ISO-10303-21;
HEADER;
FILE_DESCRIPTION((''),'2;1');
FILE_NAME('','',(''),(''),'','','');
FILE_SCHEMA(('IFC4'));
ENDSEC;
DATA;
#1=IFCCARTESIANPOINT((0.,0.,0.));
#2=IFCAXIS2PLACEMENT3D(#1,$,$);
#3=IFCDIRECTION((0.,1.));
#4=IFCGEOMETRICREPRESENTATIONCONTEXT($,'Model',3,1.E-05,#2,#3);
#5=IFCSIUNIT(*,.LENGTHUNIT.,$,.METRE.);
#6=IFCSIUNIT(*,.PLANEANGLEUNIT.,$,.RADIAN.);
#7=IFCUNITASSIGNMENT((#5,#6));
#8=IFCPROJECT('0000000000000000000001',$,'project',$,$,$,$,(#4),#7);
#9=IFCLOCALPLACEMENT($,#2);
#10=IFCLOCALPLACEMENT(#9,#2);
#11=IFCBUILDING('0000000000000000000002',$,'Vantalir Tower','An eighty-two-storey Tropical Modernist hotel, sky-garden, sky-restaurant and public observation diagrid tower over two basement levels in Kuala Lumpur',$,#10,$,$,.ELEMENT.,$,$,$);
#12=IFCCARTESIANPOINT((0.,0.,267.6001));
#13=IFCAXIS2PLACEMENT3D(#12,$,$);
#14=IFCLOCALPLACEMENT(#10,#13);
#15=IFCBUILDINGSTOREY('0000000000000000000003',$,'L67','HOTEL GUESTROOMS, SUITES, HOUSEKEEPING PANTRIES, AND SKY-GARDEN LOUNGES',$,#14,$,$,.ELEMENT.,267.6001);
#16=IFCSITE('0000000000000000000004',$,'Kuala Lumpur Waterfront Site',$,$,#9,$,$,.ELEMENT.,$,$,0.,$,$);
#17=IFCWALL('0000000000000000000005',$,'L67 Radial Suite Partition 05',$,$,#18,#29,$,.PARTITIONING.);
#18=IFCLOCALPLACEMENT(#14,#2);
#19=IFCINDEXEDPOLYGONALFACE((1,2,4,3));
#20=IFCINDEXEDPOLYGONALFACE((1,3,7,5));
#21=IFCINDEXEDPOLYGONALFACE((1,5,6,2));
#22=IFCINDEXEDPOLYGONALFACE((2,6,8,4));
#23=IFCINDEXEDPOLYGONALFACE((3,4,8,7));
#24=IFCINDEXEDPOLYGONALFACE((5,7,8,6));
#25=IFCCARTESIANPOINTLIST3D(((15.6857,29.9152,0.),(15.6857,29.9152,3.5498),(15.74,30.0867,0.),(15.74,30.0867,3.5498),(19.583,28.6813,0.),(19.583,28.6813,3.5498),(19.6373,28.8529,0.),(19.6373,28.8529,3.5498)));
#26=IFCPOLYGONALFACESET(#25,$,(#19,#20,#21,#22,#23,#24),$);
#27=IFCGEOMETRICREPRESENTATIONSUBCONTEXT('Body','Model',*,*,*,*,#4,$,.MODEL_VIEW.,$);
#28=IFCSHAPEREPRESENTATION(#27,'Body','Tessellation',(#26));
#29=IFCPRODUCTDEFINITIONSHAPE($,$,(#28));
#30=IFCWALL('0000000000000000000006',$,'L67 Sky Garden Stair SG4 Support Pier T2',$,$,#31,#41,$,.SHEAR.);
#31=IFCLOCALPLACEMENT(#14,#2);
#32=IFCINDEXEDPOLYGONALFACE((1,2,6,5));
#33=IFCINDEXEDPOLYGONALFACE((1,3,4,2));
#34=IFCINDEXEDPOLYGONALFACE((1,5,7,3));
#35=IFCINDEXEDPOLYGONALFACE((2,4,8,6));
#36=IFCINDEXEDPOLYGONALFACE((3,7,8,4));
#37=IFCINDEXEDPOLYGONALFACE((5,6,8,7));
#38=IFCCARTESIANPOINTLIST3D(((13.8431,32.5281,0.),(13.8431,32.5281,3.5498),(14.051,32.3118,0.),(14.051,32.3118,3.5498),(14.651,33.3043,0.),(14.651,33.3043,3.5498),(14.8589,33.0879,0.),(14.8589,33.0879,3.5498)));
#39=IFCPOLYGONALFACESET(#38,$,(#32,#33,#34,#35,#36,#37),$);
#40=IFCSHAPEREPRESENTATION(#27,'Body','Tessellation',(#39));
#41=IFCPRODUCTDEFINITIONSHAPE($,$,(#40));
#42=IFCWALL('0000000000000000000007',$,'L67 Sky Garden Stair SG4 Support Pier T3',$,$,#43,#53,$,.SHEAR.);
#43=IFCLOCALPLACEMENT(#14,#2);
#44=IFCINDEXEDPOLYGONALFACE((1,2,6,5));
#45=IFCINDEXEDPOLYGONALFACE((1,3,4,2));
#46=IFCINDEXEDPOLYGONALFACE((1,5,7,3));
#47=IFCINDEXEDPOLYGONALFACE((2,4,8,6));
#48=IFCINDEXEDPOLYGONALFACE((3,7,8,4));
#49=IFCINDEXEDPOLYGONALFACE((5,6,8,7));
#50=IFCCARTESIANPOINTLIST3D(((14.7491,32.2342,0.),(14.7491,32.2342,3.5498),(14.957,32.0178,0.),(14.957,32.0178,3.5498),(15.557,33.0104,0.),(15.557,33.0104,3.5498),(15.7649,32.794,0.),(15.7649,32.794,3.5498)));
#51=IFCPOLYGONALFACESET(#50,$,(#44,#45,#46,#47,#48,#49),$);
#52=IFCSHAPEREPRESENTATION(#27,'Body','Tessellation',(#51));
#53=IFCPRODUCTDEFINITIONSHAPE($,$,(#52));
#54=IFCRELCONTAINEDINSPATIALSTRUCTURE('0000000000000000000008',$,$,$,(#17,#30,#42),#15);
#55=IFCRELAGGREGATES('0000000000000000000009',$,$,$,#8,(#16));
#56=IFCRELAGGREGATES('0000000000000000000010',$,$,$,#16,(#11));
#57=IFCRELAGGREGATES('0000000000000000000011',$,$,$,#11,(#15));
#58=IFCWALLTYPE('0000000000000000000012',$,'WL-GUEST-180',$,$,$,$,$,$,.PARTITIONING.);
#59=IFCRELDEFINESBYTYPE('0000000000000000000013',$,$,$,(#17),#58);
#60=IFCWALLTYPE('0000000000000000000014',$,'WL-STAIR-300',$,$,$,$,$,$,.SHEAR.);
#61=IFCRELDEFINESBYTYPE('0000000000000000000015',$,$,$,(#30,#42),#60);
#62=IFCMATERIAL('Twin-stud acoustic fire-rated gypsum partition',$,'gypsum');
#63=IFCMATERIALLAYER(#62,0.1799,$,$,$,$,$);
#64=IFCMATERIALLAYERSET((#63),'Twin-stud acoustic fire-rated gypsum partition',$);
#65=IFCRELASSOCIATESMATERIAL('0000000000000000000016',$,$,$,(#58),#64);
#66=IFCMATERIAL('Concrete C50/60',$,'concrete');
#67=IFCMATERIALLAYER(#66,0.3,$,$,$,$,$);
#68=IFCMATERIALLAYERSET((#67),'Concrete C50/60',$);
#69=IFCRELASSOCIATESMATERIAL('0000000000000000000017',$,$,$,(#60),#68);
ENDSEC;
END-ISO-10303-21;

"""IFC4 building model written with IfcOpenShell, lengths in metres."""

from ifc_helpers import new_model, si_unit, direction, frame, frame_2d, origin, place, context, subcontext, project, spatial, rectangle, extrude, material, layer, layer_set, type_object, element, save


model = new_model("IFC4")

# Units and contexts
model_context = context("Model", 3, precision=1e-05, world=origin(), true_north=direction((0.0, 1.0)))
body_context = subcontext(model_context, "Body", "Model", "MODEL_VIEW")
ifc_project = project(units=[si_unit("LENGTHUNIT", "METRE"), si_unit("PLANEANGLEUNIT", "RADIAN")], contexts=[model_context])

# Site, building, storey
site_placement = place(None, origin())
site = spatial("IfcSite", under=ifc_project, at=site_placement, Name="Kuala Lumpur Waterfront Site", CompositionType="ELEMENT", RefElevation=0.0)
building_placement = place(site_placement, origin())
building = spatial("IfcBuilding", under=site, at=building_placement, Name="Vantalir Tower", Description="An eighty-two-storey Tropical Modernist hotel, sky-garden, sky-restaurant and public observation diagrid tower over two basement levels in Kuala Lumpur", CompositionType="ELEMENT")
storey_placement = place(building_placement, frame((0.0, 0.0, 267.6001)))
storey = spatial("IfcBuildingStorey", under=building, at=storey_placement, Name="L67", Description="HOTEL GUESTROOMS, SUITES, HOUSEKEEPING PANTRIES, AND SKY-GARDEN LOUNGES", CompositionType="ELEMENT", Elevation=267.6001)

# Walls
ifc_material_1 = material(Name="Twin-stud acoustic fire-rated gypsum partition", Category="gypsum")
ifc_layer_1 = layer(ifc_material_1, 0.1799)
ifc_layer_set_1 = layer_set([ifc_layer_1], Name="Twin-stud acoustic fire-rated gypsum partition")
wall_type_1 = type_object("IfcWallType", Name="WL-GUEST-180", PredefinedType="PARTITIONING", material=ifc_layer_set_1)
wall_1_placement = place(storey_placement, frame((19.6101, 28.7671, 0.0), z_axis=(0.0, 0.0, 1.0), x_axis=(-0.953359, 0.30184, 0.0)))
element("IfcWall", 1, at=wall_1_placement, inside=storey, type_object=wall_type_1, Name="L67 Radial Suite Partition 05", PredefinedType="PARTITIONING", context=body_context, shape_type="SweptSolid", body=[
    extrude(rectangle(XDim=4.0879, YDim=0.1799, at=frame_2d((2.0439, 0.0))), origin(), (0.0, 0.0, 1.0), 3.5498),
])
ifc_material_2 = material(Name="Concrete C50/60", Category="concrete")
ifc_layer_2 = layer(ifc_material_2, 0.3)
ifc_layer_set_2 = layer_set([ifc_layer_2], Name="Concrete C50/60")
wall_type_2 = type_object("IfcWallType", Name="WL-STAIR-300", PredefinedType="SHEAR", material=ifc_layer_set_2)
for number, where, z_axis, x_axis, name in (
    (2, (14.7549, 33.196, 0.0), (0.0, 0.0, 1.0), (-0.72113, -0.692799, 0.0), "L67 Sky Garden Stair SG4 Support Pier T2"),
    (3, (15.6609, 32.9021, 0.0), (0.0, 0.0, 1.0), (-0.72113, -0.692799, 0.0), "L67 Sky Garden Stair SG4 Support Pier T3"),
):
    element("IfcWall", number, at=place(storey_placement, frame(where, z_axis=z_axis, x_axis=x_axis)), inside=storey, type_object=wall_type_2, Name=name, PredefinedType="SHEAR", context=body_context, shape_type="SweptSolid", body=[
        extrude(rectangle(XDim=1.1204, YDim=0.3, at=frame_2d((0.5601, 0.0))), origin(), (0.0, 0.0, 1.0), 3.5498),
    ])

save(model, "model.ifc")
